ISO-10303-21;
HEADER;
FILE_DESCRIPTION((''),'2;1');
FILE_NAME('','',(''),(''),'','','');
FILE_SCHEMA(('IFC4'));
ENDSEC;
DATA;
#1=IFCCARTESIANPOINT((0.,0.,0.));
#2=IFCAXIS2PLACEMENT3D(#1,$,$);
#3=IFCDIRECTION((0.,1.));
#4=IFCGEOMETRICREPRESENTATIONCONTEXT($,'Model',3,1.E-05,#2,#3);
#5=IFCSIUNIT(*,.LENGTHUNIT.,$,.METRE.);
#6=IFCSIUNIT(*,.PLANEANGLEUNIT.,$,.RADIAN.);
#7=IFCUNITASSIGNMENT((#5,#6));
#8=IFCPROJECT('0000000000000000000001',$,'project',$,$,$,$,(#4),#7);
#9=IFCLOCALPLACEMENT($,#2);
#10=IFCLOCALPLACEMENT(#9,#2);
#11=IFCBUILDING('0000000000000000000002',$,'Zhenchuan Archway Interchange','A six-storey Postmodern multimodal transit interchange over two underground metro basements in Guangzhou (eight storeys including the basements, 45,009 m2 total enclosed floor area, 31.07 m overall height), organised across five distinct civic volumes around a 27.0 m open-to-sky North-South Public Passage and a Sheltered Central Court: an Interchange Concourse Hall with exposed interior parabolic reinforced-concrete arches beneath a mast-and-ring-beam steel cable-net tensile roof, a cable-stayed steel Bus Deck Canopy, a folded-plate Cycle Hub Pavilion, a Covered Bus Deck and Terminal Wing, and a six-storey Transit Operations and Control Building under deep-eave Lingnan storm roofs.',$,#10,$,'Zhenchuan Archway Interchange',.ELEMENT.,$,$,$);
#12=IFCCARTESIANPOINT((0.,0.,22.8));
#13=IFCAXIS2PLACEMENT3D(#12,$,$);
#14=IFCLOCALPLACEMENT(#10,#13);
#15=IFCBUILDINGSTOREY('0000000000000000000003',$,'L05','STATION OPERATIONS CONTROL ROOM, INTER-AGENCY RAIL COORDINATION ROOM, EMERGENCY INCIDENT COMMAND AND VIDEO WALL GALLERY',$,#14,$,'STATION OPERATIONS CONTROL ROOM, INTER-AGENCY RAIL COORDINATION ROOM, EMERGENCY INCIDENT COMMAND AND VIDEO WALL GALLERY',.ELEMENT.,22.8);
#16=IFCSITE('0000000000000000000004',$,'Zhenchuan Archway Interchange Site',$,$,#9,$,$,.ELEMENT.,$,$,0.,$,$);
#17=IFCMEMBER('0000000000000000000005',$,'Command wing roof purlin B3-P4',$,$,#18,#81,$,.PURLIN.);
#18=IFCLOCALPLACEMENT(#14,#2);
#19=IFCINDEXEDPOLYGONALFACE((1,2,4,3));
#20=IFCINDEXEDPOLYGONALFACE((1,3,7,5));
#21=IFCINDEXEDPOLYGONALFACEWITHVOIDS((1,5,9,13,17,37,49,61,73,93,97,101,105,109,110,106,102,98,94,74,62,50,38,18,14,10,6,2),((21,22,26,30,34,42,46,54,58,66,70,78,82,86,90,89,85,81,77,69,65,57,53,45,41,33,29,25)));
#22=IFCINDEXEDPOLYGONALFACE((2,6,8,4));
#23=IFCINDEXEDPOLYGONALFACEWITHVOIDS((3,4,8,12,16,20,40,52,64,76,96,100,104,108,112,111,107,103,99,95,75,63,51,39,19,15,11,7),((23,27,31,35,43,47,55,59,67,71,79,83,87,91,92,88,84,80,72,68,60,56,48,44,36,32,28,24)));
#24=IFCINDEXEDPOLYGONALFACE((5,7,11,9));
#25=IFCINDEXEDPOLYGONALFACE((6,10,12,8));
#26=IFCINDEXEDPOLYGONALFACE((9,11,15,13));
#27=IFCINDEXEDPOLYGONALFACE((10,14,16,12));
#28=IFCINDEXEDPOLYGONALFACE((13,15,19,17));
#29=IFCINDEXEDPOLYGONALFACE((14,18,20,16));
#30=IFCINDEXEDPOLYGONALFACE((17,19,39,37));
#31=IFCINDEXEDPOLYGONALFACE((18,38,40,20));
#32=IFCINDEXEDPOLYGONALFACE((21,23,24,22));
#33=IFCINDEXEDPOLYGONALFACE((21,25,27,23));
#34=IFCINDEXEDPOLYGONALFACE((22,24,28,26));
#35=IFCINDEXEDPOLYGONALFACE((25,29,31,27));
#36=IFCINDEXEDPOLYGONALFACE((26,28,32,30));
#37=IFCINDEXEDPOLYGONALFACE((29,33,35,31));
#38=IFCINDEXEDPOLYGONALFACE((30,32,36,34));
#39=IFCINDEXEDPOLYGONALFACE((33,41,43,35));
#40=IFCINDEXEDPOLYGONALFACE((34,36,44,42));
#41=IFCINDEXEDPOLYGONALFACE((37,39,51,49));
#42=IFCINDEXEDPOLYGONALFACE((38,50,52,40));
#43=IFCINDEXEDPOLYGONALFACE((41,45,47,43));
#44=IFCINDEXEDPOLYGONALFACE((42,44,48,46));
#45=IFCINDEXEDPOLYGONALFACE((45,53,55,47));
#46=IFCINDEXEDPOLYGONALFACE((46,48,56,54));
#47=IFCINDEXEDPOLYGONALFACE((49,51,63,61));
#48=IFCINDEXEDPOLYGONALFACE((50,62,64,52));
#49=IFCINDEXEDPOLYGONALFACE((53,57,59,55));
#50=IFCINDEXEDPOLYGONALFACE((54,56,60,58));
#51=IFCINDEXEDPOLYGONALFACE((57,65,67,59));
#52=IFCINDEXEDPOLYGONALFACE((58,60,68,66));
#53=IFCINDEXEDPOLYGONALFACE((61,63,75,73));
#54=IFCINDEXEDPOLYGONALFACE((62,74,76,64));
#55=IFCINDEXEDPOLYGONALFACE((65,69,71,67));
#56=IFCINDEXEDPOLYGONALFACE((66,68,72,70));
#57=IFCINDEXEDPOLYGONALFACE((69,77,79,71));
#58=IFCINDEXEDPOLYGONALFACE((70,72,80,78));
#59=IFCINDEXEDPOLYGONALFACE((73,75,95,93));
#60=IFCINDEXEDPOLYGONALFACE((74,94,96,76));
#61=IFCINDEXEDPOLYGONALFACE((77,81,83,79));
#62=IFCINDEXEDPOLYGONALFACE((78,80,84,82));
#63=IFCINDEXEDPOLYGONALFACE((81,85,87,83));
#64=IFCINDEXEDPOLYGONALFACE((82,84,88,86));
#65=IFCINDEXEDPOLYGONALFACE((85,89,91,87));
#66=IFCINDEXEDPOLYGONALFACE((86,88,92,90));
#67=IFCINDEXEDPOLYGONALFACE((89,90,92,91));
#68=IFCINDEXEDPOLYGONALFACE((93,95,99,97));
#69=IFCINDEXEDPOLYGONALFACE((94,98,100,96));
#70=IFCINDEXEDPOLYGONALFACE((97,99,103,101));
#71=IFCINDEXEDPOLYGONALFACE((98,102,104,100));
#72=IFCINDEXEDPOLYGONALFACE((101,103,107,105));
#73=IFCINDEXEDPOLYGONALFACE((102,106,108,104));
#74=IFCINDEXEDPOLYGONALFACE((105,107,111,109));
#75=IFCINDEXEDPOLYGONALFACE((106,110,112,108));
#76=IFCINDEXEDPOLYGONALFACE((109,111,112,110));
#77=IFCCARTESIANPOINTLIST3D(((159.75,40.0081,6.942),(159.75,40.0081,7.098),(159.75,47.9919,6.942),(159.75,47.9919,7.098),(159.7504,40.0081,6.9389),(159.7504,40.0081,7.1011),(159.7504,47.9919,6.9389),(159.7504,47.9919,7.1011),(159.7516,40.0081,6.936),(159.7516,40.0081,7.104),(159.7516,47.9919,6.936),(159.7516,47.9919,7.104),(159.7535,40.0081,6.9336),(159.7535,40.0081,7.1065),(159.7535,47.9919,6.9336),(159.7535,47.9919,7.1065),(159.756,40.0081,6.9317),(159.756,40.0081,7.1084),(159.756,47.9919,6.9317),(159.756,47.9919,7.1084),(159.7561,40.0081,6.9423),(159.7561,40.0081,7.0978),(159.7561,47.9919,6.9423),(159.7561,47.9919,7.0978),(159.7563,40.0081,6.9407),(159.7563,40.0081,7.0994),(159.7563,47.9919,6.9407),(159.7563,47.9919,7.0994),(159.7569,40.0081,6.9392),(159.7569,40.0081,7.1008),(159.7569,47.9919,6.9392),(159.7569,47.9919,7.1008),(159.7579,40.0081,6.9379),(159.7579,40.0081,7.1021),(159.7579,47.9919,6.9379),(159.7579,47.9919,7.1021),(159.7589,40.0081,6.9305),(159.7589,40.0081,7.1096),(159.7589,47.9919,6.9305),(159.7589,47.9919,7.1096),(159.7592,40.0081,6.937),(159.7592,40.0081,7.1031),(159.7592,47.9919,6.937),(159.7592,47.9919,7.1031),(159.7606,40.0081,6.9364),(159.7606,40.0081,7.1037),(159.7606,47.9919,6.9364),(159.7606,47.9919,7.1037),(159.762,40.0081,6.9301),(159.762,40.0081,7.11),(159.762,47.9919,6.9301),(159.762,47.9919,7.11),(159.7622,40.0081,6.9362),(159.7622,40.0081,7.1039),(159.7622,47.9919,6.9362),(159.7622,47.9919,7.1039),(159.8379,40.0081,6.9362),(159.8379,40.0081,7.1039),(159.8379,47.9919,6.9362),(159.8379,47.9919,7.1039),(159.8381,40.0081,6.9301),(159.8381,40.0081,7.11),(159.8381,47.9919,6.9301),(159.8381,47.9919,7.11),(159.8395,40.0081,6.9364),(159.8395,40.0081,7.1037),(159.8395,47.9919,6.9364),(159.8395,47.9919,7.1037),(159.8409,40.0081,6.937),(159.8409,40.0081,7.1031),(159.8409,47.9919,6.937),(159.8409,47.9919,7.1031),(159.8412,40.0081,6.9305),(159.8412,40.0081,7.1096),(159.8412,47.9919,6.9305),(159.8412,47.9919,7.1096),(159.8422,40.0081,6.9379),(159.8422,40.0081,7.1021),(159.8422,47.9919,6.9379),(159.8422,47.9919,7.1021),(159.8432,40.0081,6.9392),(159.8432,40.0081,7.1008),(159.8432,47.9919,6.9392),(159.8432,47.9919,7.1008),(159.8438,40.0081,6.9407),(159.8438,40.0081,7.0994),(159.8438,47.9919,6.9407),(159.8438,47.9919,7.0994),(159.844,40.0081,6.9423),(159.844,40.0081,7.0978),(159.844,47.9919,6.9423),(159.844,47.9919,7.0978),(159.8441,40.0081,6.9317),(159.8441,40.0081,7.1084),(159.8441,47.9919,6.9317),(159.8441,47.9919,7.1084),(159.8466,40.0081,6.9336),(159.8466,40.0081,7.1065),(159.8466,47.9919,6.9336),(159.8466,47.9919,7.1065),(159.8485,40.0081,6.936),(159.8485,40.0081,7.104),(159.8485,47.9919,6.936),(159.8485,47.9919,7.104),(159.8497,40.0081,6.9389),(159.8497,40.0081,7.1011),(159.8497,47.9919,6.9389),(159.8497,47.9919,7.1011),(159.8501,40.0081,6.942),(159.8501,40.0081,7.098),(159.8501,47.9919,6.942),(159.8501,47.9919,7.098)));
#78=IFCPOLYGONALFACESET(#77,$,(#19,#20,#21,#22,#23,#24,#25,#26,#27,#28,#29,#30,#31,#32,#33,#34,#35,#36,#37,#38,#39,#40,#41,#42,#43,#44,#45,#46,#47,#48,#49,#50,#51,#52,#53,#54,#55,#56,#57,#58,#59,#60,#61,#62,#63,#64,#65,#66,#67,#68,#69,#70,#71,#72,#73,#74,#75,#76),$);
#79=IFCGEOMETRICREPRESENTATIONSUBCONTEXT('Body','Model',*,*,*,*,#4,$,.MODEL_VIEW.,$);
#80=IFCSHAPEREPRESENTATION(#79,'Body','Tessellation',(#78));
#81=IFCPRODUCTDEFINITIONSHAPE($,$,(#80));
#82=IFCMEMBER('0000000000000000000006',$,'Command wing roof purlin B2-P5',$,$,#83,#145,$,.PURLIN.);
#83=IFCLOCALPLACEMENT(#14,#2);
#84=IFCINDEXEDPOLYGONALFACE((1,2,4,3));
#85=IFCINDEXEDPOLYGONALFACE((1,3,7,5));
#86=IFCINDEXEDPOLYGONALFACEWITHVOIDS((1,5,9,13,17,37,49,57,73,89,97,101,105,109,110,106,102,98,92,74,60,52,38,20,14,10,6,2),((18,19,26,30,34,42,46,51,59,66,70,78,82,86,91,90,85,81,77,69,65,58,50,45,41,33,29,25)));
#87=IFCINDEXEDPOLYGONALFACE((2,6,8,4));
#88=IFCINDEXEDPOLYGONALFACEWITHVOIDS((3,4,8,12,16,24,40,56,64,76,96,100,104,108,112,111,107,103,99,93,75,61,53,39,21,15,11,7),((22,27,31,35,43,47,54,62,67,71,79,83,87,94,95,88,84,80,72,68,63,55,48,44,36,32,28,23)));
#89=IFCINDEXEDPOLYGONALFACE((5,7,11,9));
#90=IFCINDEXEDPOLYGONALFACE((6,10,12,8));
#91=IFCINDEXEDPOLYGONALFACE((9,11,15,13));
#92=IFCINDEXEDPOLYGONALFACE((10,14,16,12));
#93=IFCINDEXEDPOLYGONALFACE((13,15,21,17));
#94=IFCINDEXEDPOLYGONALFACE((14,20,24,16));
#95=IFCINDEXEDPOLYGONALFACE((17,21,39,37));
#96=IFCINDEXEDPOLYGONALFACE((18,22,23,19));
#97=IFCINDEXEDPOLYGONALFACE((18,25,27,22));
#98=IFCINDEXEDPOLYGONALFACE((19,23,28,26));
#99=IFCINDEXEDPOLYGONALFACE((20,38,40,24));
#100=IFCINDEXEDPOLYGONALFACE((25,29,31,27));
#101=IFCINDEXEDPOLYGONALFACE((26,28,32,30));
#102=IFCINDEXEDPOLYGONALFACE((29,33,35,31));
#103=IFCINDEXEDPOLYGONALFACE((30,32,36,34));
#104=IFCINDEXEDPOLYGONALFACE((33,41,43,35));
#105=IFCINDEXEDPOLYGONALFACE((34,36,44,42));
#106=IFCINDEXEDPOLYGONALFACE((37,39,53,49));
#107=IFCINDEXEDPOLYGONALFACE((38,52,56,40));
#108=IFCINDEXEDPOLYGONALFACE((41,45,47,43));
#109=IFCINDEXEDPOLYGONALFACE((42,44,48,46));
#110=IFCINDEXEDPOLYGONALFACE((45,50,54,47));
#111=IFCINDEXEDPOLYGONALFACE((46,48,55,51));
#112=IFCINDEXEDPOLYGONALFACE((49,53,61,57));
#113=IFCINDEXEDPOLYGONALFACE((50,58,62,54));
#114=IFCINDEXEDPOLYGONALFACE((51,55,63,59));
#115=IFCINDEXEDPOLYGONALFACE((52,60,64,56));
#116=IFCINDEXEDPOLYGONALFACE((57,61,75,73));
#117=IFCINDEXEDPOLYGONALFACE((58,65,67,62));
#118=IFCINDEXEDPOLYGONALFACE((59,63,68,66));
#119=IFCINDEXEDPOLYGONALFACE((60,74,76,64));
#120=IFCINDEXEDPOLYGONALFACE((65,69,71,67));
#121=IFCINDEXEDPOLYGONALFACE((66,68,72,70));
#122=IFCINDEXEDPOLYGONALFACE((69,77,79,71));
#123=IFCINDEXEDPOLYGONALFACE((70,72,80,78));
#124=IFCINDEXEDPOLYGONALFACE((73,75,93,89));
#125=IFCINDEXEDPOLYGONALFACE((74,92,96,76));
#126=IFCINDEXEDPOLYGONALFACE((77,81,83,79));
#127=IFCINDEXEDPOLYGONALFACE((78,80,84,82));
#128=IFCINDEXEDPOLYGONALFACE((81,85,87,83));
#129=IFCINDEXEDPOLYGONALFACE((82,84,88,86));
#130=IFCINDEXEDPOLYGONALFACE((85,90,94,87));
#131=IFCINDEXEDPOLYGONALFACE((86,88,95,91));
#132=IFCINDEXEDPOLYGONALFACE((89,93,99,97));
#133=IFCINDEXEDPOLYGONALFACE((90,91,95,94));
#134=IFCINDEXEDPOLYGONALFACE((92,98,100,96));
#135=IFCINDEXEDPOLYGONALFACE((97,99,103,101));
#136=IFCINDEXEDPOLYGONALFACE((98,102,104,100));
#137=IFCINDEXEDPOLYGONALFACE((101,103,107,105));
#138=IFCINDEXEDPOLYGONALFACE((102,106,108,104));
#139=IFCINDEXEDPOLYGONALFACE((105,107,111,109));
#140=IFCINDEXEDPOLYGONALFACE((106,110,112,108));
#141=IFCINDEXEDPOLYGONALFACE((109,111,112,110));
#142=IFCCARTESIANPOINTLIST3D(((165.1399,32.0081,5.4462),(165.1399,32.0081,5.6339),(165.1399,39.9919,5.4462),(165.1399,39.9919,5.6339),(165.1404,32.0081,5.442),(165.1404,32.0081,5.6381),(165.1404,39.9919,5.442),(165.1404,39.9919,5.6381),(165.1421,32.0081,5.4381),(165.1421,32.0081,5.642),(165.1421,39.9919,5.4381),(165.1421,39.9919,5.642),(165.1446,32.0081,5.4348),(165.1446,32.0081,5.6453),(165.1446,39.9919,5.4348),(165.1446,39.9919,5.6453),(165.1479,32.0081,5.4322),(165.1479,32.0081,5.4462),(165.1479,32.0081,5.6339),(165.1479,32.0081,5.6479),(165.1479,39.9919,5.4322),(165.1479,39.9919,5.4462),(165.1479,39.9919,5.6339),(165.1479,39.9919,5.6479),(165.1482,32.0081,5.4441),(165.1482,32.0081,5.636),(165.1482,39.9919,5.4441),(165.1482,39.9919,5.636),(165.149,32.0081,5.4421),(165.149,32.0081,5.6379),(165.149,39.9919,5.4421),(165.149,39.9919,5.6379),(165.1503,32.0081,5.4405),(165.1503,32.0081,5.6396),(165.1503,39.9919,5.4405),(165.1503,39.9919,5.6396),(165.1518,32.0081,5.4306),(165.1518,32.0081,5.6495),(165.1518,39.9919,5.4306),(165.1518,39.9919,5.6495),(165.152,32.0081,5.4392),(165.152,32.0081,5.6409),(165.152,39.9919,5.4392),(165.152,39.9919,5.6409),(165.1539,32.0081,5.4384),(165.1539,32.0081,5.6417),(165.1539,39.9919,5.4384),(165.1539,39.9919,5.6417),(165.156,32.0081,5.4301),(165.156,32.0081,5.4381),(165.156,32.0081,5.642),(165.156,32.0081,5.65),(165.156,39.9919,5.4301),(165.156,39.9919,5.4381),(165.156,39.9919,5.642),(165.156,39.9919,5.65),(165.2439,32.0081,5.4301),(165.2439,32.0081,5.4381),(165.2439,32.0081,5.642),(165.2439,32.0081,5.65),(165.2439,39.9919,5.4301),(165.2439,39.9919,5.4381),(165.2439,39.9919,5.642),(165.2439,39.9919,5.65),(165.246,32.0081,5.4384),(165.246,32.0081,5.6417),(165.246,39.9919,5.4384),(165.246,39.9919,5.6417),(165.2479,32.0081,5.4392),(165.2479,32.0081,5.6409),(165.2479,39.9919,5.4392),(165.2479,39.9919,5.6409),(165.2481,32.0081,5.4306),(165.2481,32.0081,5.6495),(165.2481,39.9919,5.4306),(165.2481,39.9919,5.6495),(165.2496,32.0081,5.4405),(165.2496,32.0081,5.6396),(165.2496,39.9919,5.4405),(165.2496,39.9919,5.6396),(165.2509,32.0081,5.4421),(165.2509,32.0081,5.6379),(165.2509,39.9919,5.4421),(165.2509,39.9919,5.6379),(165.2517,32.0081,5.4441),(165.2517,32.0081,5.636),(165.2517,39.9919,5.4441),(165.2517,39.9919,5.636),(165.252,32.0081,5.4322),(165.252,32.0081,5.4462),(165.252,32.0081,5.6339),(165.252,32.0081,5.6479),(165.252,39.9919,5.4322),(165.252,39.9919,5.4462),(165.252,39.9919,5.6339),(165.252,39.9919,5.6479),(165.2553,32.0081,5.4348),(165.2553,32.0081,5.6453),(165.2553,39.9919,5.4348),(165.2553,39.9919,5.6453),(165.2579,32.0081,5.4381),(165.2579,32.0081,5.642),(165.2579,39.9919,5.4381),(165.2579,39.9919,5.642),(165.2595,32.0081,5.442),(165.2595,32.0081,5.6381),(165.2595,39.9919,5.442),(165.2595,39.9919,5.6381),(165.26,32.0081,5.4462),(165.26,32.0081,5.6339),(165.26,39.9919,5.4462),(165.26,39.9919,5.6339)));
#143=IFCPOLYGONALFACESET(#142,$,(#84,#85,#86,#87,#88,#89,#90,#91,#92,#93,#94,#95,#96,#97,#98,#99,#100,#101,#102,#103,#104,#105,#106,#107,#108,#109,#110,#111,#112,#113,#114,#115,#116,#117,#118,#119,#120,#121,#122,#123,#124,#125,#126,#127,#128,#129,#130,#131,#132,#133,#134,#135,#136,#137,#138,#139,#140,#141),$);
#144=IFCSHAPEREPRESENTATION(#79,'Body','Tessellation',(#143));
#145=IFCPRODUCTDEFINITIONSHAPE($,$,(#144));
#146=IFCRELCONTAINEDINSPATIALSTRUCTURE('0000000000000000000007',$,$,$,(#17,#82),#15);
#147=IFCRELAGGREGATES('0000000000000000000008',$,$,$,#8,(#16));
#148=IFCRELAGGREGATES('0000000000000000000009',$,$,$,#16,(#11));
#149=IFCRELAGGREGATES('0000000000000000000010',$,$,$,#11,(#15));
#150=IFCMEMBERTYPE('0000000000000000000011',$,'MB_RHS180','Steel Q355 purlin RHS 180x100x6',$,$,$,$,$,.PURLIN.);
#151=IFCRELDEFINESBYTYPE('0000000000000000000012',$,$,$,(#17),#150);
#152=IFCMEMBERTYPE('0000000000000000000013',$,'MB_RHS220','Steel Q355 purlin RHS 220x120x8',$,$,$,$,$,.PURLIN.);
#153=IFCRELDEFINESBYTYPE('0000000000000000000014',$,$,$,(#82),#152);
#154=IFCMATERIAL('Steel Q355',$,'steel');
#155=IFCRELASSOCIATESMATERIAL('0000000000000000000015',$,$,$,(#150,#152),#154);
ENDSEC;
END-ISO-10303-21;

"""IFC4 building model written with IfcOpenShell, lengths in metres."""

from ifc_helpers import new_model, si_unit, direction, frame, origin, origin_2d, place, context, subcontext, project, spatial, hollow_rectangle, extrude, material, material_profile, profile_set, type_object, element, save


model = new_model("IFC4")

# Units and contexts
model_context = context("Model", 3, precision=1e-05, world=origin(), true_north=direction((0.0, 1.0)))
body_context = subcontext(model_context, "Body", "Model", "MODEL_VIEW")
ifc_project = project(units=[si_unit("LENGTHUNIT", "METRE"), si_unit("PLANEANGLEUNIT", "RADIAN")], contexts=[model_context])

# Site, building, storey
site_placement = place(None, origin())
site = spatial("IfcSite", under=ifc_project, at=site_placement, Name="Zhenchuan Archway Interchange Site", CompositionType="ELEMENT", RefElevation=0.0)
building_placement = place(site_placement, origin())
building = spatial("IfcBuilding", under=site, at=building_placement, Name="Zhenchuan Archway Interchange", Description="A six-storey Postmodern multimodal transit interchange over two underground metro basements in Guangzhou (eight storeys including the basements, 45,009 m2 total enclosed floor area, 31.07 m overall height), organised across five distinct civic volumes around a 27.0 m open-to-sky North-South Public Passage and a Sheltered Central Court: an Interchange Concourse Hall with exposed interior parabolic reinforced-concrete arches beneath a mast-and-ring-beam steel cable-net tensile roof, a cable-stayed steel Bus Deck Canopy, a folded-plate Cycle Hub Pavilion, a Covered Bus Deck and Terminal Wing, and a six-storey Transit Operations and Control Building under deep-eave Lingnan storm roofs.", LongName="Zhenchuan Archway Interchange", CompositionType="ELEMENT")
storey_placement = place(building_placement, frame((0.0, 0.0, 22.8)))
storey = spatial("IfcBuildingStorey", under=building, at=storey_placement, Name="L05", Description="STATION OPERATIONS CONTROL ROOM, INTER-AGENCY RAIL COORDINATION ROOM, EMERGENCY INCIDENT COMMAND AND VIDEO WALL GALLERY", LongName="STATION OPERATIONS CONTROL ROOM, INTER-AGENCY RAIL COORDINATION ROOM, EMERGENCY INCIDENT COMMAND AND VIDEO WALL GALLERY", CompositionType="ELEMENT", Elevation=22.8)

# Shared definitions
ifc_material_1 = material(Name="Steel Q355", Category="steel")

# Members
ifc_material_profile_1 = material_profile(ifc_material_1, hollow_rectangle(XDim=0.1001, YDim=0.1799, WallThickness=0.0061, InnerFilletRadius=0.0061, OuterFilletRadius=0.012, at=origin_2d()), Name="RHS 180x100x6")
ifc_profile_set_1 = profile_set([ifc_material_profile_1], Name="Steel Q355")
member_type_1 = type_object("IfcMemberType", Name="MB_RHS180", Description="Steel Q355 purlin RHS 180x100x6", PredefinedType="PURLIN", material=ifc_profile_set_1)
for number, where, z_axis, x_axis, name in (
    (1, (159.8, 40.0081, 7.02), (0.0, 1.0, 0.0), (-1.0, 0.0, 0.0), "Command wing roof purlin B3-P4"),
):
    element("IfcMember", number, at=place(storey_placement, frame(where, z_axis=z_axis, x_axis=x_axis)), inside=storey, type_object=member_type_1, Name=name, PredefinedType="PURLIN", context=body_context, shape_type="SweptSolid", body=[
        extrude(hollow_rectangle(XDim=0.1001, YDim=0.1799, WallThickness=0.0061, InnerFilletRadius=0.0061, OuterFilletRadius=0.012, at=origin_2d()), origin(), (0.0, 0.0, 1.0), 7.9839),
    ])
ifc_material_profile_2 = material_profile(ifc_material_1, hollow_rectangle(XDim=0.1201, YDim=0.22, WallThickness=0.0081, InnerFilletRadius=0.0081, OuterFilletRadius=0.0161, at=origin_2d()), Name="RHS 220x120x8")
ifc_profile_set_2 = profile_set([ifc_material_profile_2], Name="Steel Q355")
member_type_2 = type_object("IfcMemberType", Name="MB_RHS220", Description="Steel Q355 purlin RHS 220x120x8", PredefinedType="PURLIN", material=ifc_profile_set_2)
for number, where, z_axis, x_axis, name in (
    (2, (165.2, 32.0081, 5.54), (0.0, 1.0, 0.0), (-1.0, 0.0, 0.0), "Command wing roof purlin B2-P5"),
):
    element("IfcMember", number, at=place(storey_placement, frame(where, z_axis=z_axis, x_axis=x_axis)), inside=storey, type_object=member_type_2, Name=name, PredefinedType="PURLIN", context=body_context, shape_type="SweptSolid", body=[
        extrude(hollow_rectangle(XDim=0.1201, YDim=0.22, WallThickness=0.0081, InnerFilletRadius=0.0081, OuterFilletRadius=0.0161, at=origin_2d()), origin(), (0.0, 0.0, 1.0), 7.9839),
    ])

save(model, "model.ifc")
